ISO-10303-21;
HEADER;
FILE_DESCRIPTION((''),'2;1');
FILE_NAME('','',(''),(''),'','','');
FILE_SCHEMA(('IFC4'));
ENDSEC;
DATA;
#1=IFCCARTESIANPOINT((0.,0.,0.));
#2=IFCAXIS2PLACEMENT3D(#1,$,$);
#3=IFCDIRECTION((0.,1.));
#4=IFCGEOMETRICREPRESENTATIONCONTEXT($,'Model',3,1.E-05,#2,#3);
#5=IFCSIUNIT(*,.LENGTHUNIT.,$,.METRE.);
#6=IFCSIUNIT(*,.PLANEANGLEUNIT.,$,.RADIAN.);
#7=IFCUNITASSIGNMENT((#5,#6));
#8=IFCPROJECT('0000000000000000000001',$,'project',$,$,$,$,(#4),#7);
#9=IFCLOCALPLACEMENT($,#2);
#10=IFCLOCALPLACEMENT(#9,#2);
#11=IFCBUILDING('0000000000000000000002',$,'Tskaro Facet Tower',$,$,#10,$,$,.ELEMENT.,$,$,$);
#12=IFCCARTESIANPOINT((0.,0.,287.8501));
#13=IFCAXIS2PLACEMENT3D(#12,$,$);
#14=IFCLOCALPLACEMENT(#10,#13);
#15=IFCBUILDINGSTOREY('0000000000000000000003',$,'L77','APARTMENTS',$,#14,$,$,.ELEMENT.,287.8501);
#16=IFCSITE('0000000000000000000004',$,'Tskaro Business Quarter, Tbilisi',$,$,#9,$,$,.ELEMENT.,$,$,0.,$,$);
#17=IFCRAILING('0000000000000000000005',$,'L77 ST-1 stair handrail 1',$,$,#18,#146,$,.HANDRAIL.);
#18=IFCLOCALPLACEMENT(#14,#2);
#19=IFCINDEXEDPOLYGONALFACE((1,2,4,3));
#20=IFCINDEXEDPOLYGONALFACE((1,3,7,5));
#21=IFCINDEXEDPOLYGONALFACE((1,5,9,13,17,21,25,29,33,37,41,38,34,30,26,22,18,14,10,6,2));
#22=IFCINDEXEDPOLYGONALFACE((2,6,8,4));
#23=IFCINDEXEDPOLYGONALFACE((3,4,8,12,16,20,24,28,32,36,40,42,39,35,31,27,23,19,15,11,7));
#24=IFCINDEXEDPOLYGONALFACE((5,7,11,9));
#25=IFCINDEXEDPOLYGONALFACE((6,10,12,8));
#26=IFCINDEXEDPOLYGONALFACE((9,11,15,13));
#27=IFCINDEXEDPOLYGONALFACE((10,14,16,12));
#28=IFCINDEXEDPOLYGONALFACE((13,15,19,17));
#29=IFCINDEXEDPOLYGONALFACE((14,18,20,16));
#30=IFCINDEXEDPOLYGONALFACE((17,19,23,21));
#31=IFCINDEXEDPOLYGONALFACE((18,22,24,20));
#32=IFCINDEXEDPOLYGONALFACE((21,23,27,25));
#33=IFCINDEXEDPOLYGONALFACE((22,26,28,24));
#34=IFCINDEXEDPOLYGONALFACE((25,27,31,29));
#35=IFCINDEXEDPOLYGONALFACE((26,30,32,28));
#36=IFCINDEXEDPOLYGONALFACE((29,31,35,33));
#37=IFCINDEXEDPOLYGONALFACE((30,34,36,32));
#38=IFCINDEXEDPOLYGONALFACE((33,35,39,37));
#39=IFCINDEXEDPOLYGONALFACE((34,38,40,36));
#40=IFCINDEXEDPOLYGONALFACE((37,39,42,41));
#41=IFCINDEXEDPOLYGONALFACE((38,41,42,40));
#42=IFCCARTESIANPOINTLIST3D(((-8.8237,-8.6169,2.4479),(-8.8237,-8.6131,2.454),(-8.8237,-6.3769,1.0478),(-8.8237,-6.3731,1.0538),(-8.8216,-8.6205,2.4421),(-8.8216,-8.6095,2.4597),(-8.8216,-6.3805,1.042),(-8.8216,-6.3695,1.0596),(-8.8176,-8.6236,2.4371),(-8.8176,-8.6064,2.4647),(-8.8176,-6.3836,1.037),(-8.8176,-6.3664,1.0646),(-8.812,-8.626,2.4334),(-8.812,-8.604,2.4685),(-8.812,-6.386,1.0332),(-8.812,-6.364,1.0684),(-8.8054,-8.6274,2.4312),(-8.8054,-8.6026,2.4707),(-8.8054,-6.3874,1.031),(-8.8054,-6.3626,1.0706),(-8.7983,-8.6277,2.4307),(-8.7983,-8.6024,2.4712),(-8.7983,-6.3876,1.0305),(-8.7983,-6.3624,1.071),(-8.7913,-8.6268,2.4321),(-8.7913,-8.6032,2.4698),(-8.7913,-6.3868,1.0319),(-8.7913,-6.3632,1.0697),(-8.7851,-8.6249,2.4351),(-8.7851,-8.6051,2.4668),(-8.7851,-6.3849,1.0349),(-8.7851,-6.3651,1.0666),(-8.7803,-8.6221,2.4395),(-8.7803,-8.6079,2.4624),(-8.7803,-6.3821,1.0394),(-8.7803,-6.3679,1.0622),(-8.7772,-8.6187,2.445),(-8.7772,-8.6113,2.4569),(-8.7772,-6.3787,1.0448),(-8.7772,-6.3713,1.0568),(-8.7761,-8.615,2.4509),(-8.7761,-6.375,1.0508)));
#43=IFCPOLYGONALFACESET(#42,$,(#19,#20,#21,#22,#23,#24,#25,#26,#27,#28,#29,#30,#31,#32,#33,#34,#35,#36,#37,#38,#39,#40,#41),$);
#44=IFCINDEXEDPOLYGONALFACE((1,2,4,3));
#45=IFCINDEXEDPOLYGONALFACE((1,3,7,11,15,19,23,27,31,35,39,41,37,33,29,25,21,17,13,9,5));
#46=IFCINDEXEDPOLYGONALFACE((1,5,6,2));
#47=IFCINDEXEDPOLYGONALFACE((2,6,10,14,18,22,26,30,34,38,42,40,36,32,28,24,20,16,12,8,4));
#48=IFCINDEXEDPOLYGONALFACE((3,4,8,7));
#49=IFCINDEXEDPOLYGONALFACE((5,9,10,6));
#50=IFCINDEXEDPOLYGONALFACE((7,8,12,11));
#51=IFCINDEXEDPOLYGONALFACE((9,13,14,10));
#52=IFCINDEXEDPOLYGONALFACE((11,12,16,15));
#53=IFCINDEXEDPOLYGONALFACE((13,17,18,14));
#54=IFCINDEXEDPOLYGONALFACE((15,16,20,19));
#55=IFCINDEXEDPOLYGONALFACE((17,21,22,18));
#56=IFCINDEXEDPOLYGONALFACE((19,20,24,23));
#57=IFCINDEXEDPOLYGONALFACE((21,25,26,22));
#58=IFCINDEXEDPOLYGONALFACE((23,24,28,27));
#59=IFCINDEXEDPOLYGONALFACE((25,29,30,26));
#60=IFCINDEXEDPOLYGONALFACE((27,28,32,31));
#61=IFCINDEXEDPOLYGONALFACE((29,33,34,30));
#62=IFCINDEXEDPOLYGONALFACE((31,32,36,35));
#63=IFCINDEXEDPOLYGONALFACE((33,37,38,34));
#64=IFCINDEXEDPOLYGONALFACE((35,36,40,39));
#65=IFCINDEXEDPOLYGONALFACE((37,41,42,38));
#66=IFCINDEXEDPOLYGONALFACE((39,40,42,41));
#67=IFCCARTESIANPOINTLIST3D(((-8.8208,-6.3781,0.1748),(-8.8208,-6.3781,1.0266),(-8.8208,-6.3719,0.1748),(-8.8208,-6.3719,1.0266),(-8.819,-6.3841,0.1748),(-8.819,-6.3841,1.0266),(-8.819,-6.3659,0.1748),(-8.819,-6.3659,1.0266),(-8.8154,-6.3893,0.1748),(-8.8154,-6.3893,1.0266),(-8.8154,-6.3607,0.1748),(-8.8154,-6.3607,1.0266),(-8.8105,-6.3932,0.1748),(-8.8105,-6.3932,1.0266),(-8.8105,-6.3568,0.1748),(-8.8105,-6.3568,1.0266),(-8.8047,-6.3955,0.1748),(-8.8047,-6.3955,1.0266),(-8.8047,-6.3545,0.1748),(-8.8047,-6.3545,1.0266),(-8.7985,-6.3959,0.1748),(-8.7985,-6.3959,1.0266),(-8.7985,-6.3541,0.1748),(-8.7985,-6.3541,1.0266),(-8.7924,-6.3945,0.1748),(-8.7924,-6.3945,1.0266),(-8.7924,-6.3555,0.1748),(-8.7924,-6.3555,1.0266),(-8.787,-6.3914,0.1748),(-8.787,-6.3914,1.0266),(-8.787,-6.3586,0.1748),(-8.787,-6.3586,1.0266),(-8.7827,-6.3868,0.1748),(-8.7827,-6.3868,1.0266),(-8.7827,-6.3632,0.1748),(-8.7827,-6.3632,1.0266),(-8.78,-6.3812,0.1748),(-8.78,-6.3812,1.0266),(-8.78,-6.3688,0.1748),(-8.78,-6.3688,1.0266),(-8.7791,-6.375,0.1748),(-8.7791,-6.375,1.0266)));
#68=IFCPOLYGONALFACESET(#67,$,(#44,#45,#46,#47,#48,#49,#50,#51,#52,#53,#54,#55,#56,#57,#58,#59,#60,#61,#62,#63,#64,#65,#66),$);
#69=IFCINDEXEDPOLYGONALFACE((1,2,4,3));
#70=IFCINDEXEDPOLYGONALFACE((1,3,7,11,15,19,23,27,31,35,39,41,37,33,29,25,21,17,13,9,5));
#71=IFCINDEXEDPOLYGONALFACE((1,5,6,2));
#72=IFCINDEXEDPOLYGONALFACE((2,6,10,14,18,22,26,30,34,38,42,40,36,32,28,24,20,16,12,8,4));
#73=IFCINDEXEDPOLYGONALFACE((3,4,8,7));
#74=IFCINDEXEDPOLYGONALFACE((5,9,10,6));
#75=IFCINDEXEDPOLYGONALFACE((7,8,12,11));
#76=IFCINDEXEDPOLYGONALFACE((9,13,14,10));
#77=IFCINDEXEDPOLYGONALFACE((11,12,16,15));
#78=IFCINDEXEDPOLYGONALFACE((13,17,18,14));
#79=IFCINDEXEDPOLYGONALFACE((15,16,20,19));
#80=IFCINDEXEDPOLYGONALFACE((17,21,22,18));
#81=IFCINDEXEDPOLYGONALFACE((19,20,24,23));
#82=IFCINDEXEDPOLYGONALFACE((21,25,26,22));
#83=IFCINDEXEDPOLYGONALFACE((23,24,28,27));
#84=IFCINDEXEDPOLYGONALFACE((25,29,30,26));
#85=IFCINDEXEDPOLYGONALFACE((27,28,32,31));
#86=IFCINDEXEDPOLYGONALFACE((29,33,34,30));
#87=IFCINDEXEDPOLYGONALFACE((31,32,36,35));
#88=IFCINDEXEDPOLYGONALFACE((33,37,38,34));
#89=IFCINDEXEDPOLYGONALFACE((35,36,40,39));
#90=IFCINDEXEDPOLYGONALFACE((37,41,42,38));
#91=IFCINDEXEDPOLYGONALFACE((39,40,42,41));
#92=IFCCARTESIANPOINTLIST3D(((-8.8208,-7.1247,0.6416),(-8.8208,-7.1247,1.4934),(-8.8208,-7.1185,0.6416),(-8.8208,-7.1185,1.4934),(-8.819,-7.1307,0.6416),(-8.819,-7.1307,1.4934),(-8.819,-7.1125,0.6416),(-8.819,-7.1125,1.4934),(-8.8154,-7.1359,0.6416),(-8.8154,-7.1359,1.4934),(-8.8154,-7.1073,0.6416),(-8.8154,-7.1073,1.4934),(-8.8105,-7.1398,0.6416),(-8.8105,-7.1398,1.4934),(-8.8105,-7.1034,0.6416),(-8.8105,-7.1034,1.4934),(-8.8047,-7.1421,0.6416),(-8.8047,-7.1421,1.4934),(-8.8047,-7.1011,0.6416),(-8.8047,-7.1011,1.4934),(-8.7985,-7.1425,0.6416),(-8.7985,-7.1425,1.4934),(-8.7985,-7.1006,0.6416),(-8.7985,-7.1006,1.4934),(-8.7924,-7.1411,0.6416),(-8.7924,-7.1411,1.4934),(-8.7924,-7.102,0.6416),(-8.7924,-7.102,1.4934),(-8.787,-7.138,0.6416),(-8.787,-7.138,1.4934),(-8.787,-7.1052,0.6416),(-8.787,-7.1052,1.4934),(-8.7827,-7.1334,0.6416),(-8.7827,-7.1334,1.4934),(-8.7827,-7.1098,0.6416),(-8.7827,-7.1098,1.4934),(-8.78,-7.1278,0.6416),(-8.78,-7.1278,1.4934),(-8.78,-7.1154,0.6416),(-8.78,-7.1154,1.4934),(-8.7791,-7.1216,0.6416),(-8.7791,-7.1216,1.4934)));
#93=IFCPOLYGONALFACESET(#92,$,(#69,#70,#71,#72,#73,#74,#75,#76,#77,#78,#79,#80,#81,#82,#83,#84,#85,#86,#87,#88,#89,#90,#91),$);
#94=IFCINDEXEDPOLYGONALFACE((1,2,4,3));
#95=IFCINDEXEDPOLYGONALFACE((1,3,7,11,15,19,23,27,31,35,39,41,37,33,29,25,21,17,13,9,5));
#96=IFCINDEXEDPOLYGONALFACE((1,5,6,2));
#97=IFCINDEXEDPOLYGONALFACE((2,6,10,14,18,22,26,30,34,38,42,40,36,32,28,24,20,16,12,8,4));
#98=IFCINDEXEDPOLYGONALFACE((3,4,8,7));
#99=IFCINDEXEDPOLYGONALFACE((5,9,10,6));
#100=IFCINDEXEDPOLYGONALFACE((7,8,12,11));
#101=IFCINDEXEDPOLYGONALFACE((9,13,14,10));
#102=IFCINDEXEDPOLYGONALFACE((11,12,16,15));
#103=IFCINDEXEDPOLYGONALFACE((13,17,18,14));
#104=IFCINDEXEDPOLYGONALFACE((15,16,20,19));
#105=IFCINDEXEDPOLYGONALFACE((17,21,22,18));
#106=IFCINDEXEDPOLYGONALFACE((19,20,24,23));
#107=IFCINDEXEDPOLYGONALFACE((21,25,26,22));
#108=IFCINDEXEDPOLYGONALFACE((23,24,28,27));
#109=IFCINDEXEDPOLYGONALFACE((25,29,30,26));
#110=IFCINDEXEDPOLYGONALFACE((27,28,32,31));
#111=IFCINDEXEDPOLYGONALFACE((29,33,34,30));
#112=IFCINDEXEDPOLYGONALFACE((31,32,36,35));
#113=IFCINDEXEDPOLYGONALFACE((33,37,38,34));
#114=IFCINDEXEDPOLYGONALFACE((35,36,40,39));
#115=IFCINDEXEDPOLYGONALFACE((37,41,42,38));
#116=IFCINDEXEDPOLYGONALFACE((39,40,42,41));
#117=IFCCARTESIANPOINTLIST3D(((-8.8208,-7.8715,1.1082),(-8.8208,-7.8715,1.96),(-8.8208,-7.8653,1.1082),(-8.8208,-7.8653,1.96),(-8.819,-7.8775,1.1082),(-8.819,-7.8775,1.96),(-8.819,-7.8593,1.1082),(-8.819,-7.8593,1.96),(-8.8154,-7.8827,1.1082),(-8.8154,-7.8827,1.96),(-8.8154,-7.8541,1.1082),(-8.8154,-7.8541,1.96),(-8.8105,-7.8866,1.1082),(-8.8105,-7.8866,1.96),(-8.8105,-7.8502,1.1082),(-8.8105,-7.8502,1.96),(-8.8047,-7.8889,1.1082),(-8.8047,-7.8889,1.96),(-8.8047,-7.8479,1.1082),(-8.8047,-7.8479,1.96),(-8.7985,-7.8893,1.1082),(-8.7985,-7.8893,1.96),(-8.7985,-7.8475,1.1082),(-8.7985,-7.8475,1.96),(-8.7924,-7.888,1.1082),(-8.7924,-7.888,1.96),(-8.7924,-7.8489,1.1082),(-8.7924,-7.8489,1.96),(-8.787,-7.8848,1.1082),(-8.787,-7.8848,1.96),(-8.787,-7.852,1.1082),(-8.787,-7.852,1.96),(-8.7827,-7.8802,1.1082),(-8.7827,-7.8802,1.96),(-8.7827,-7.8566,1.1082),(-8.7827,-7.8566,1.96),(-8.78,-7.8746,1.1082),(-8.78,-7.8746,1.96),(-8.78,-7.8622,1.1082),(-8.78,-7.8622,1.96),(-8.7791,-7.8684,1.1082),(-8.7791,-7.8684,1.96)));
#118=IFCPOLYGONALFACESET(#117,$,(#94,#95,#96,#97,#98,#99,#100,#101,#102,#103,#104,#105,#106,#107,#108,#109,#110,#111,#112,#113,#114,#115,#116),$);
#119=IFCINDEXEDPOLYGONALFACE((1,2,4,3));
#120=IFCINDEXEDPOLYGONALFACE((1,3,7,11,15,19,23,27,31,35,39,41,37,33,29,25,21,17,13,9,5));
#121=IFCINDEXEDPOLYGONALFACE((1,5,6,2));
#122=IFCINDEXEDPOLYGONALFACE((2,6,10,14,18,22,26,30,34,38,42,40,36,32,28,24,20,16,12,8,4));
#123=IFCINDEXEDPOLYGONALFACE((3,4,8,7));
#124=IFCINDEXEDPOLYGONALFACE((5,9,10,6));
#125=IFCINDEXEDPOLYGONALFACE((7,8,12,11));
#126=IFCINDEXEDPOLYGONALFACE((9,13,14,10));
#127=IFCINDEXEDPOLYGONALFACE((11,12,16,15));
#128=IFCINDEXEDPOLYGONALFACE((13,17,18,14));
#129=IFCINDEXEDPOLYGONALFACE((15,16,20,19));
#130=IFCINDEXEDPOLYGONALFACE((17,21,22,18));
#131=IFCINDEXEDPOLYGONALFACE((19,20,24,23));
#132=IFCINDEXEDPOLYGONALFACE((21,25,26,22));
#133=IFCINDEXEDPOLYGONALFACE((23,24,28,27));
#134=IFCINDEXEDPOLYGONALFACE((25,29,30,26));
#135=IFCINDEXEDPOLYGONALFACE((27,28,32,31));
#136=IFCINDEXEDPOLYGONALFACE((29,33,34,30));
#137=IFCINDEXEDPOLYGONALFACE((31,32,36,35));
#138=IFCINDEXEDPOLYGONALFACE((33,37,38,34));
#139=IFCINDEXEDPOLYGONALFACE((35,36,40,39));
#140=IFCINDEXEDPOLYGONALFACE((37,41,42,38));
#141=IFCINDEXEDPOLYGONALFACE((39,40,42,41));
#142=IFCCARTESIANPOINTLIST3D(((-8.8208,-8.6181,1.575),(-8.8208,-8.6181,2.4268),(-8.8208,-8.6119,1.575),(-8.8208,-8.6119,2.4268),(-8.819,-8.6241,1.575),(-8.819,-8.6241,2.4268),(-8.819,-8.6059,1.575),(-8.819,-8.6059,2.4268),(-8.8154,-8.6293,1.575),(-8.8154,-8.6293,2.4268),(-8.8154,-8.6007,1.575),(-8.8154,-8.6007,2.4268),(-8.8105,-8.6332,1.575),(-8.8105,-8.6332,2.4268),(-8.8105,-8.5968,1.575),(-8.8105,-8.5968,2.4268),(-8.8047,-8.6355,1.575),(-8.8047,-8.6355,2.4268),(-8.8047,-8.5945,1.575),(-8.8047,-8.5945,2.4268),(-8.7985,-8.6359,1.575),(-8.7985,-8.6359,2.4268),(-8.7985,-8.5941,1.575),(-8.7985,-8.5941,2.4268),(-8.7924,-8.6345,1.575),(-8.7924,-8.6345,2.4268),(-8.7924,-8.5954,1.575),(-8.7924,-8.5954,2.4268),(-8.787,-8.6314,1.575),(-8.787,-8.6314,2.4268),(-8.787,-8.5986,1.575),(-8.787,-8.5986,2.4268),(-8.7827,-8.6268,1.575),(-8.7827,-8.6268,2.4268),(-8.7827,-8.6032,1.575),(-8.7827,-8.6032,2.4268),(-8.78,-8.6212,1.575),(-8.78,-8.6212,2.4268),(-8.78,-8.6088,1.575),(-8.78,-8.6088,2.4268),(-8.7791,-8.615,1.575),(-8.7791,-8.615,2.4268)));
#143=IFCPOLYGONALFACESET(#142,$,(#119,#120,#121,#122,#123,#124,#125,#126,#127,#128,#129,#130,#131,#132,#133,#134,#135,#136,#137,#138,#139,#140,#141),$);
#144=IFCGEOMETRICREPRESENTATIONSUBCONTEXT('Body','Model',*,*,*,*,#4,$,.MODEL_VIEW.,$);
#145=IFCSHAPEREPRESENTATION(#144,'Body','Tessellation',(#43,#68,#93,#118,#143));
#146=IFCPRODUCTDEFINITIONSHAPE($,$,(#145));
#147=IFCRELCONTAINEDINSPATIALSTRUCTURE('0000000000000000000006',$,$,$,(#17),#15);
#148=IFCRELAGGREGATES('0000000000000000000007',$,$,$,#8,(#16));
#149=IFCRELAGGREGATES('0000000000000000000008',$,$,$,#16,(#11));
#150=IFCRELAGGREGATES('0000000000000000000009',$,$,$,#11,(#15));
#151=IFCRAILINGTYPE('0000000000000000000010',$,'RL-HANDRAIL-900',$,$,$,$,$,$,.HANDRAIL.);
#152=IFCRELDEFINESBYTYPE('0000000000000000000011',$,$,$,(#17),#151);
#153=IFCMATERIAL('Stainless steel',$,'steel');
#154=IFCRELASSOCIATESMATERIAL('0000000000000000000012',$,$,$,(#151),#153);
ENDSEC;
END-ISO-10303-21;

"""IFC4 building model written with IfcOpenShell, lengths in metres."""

from ifc_helpers import new_model, si_unit, direction, frame, origin, origin_2d, place, context, subcontext, project, spatial, circle, extrude, material, type_object, element, save


model = new_model("IFC4")

# Units and contexts
model_context = context("Model", 3, precision=1e-05, world=origin(), true_north=direction((0.0, 1.0)))
body_context = subcontext(model_context, "Body", "Model", "MODEL_VIEW")
ifc_project = project(units=[si_unit("LENGTHUNIT", "METRE"), si_unit("PLANEANGLEUNIT", "RADIAN")], contexts=[model_context])

# Site, building, storey
site_placement = place(None, origin())
site = spatial("IfcSite", under=ifc_project, at=site_placement, Name="Tskaro Business Quarter, Tbilisi", CompositionType="ELEMENT", RefElevation=0.0)
building_placement = place(site_placement, origin())
building = spatial("IfcBuilding", under=site, at=building_placement, Name="Tskaro Facet Tower", CompositionType="ELEMENT")
storey_placement = place(building_placement, frame((0.0, 0.0, 287.8501)))
storey = spatial("IfcBuildingStorey", under=building, at=storey_placement, Name="L77", Description="APARTMENTS", CompositionType="ELEMENT", Elevation=287.8501)

# Railing
ifc_material_1 = material(Name="Stainless steel", Category="steel")
railing_type = type_object("IfcRailingType", Name="RL-HANDRAIL-900", PredefinedType="HANDRAIL", material=ifc_material_1)
railing_placement = place(storey_placement, frame((-8.8, -6.375, 0.1748)))
element("IfcRailing", 1, at=railing_placement, inside=storey, type_object=railing_type, Name="L77 ST-1 stair handrail 1", PredefinedType="HANDRAIL", context=body_context, shape_type="SweptSolid", body=[
    extrude(circle(Radius=0.0239, at=origin_2d()), frame((0.0, 0.0, 0.876), z_axis=(0.0, -0.847972, 0.53004), x_axis=(1.0, 0.0, 0.0)), (0.0, 0.0, 1.0), 2.6416),
    extrude(circle(Radius=0.021, at=origin_2d()), origin(), (0.0, 0.0, 1.0), 0.8518),
    extrude(circle(Radius=0.021, at=origin_2d()), frame((0.0, -0.7466, 0.4668)), (0.0, 0.0, 1.0), 0.8518),
    extrude(circle(Radius=0.021, at=origin_2d()), frame((0.0, -1.4934, 0.9333)), (0.0, 0.0, 1.0), 0.8518),
    extrude(circle(Radius=0.021, at=origin_2d()), frame((0.0, -2.24, 1.4001)), (0.0, 0.0, 1.0), 0.8518),
])

save(model, "model.ifc")
